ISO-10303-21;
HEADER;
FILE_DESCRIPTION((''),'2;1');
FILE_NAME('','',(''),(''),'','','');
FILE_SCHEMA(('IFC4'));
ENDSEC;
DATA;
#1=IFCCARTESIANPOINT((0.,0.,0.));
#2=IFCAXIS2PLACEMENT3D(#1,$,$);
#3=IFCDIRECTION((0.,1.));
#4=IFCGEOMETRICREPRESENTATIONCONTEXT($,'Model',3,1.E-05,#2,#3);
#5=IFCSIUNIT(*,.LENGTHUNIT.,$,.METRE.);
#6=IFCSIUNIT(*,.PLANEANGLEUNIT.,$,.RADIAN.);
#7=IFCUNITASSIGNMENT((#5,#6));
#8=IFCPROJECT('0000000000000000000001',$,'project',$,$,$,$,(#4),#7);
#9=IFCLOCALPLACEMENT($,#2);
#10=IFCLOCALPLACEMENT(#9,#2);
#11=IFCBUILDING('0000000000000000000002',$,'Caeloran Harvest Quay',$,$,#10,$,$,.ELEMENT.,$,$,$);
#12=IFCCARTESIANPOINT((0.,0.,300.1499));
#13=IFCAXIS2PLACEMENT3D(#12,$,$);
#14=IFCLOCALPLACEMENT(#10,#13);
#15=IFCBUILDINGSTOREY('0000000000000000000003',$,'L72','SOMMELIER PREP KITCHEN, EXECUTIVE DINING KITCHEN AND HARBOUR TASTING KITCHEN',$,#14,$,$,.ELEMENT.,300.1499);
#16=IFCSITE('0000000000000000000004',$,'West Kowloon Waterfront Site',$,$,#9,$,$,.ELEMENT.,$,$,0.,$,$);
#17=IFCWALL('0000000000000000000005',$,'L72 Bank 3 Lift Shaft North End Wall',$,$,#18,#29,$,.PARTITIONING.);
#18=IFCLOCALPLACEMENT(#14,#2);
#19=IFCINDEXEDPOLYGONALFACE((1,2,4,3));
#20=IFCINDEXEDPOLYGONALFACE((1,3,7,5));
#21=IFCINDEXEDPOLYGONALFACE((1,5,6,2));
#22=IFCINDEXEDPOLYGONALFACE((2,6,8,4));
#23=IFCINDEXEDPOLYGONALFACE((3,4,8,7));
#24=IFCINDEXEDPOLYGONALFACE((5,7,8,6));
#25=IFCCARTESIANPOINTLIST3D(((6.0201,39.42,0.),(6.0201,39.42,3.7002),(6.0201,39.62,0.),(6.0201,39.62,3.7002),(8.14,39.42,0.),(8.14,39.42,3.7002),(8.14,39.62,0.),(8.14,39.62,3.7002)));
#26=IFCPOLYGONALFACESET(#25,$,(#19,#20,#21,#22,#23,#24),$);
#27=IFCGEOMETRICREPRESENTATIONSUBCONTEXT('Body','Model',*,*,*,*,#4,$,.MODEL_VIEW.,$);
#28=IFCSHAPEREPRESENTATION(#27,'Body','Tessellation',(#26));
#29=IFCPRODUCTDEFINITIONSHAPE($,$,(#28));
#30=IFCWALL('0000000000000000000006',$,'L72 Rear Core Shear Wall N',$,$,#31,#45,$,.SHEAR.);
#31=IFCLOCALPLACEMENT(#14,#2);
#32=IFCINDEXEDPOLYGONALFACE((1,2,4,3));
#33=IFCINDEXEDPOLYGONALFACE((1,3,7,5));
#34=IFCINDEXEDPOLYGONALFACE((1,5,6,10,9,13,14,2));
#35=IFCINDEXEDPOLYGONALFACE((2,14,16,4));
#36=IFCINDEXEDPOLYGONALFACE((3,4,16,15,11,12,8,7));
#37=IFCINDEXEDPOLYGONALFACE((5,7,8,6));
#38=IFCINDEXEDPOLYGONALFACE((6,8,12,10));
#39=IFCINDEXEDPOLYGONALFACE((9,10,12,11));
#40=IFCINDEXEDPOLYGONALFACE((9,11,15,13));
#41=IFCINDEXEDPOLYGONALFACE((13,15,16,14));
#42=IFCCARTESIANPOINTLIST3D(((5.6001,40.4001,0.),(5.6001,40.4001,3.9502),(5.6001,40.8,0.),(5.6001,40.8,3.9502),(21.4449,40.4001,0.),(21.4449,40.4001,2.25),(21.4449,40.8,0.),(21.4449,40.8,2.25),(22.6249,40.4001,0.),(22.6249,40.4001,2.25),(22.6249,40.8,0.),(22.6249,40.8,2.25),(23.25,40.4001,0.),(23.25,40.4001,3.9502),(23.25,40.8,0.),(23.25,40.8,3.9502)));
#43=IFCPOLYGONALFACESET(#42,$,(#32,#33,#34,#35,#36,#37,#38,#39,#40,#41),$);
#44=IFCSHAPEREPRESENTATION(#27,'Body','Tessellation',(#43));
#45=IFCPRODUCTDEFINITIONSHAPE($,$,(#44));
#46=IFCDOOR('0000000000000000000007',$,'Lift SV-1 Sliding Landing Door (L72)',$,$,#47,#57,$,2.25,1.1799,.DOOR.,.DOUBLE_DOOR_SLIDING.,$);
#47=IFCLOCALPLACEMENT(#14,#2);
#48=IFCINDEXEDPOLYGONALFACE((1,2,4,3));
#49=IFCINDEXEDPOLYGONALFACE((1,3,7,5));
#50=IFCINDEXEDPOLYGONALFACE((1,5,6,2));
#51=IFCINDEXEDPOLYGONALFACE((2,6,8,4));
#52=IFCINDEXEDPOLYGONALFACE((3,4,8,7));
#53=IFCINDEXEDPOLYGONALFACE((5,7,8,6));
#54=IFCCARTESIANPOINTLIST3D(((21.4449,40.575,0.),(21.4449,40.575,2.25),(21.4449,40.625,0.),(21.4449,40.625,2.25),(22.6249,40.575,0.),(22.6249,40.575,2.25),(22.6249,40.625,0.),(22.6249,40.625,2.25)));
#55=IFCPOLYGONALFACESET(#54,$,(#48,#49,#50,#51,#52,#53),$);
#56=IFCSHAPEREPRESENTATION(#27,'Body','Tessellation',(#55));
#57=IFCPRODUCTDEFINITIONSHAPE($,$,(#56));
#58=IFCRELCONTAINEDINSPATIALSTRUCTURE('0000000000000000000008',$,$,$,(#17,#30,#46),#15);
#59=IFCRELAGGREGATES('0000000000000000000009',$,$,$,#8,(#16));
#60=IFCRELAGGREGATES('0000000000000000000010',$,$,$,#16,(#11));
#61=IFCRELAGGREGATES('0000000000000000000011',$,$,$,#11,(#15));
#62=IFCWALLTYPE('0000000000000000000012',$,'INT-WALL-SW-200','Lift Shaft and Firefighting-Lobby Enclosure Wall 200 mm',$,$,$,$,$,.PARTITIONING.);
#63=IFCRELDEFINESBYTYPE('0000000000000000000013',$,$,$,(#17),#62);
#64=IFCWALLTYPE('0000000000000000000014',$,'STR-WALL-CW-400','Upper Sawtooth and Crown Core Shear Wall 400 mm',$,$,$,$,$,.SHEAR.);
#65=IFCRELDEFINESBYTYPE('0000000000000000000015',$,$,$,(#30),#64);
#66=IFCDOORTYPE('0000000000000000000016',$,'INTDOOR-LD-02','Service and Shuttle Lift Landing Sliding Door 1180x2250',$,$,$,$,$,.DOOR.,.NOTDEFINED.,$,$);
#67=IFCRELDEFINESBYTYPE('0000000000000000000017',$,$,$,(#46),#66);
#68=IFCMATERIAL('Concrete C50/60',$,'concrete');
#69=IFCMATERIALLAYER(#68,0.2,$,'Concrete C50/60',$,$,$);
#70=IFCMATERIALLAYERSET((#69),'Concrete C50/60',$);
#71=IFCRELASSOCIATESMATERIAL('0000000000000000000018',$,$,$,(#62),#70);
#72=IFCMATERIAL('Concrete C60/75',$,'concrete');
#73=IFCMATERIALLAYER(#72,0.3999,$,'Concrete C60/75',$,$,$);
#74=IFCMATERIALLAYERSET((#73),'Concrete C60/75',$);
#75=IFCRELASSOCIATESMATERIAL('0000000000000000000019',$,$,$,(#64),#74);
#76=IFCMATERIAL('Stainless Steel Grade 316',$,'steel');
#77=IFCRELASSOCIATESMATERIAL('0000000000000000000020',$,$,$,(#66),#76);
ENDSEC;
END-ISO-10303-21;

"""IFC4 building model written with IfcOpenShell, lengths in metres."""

from ifc_helpers import new_model, si_unit, direction, frame, frame_2d, origin, place, context, subcontext, project, spatial, rectangle, extrude, material, layer, layer_set, type_object, element, fill, save


model = new_model("IFC4")

# Units and contexts
model_context = context("Model", 3, precision=1e-05, world=origin(), true_north=direction((0.0, 1.0)))
body_context = subcontext(model_context, "Body", "Model", "MODEL_VIEW")
ifc_project = project(units=[si_unit("LENGTHUNIT", "METRE"), si_unit("PLANEANGLEUNIT", "RADIAN")], contexts=[model_context])

# Site, building, storey
site_placement = place(None, origin())
site = spatial("IfcSite", under=ifc_project, at=site_placement, Name="West Kowloon Waterfront Site", CompositionType="ELEMENT", RefElevation=0.0)
building_placement = place(site_placement, origin())
building = spatial("IfcBuilding", under=site, at=building_placement, Name="Caeloran Harvest Quay", CompositionType="ELEMENT")
storey_placement = place(building_placement, frame((0.0, 0.0, 300.1499)))
storey = spatial("IfcBuildingStorey", under=building, at=storey_placement, Name="L72", Description="SOMMELIER PREP KITCHEN, EXECUTIVE DINING KITCHEN AND HARBOUR TASTING KITCHEN", CompositionType="ELEMENT", Elevation=300.1499)

# Wall
ifc_material_1 = material(Name="Concrete C50/60", Category="concrete")
ifc_layer_1 = layer(ifc_material_1, 0.2, Name="Concrete C50/60")
ifc_layer_set_1 = layer_set([ifc_layer_1], Name="Concrete C50/60")
wall_type_1 = type_object("IfcWallType", Name="INT-WALL-SW-200", Description="Lift Shaft and Firefighting-Lobby Enclosure Wall 200 mm", PredefinedType="PARTITIONING", material=ifc_layer_set_1)
wall_1_placement = place(storey_placement, frame((6.02, 39.52, 0.0), z_axis=(0.0, 0.0, 1.0), x_axis=(1.0, 0.0, 0.0)))
element("IfcWall", 1, at=wall_1_placement, inside=storey, type_object=wall_type_1, Name="L72 Bank 3 Lift Shaft North End Wall", PredefinedType="PARTITIONING", context=body_context, shape_type="SweptSolid", body=[
    extrude(rectangle(XDim=2.1199, YDim=0.2, at=frame_2d((1.0601, 0.0))), origin(), (0.0, 0.0, 1.0), 3.7002),
])

# Wall, opening, door
ifc_material_2 = material(Name="Concrete C60/75", Category="concrete")
ifc_layer_2 = layer(ifc_material_2, 0.3999, Name="Concrete C60/75")
ifc_layer_set_2 = layer_set([ifc_layer_2], Name="Concrete C60/75")
wall_type_2 = type_object("IfcWallType", Name="STR-WALL-CW-400", Description="Upper Sawtooth and Crown Core Shear Wall 400 mm", PredefinedType="SHEAR", material=ifc_layer_set_2)
wall_2_placement = place(storey_placement, frame((5.6001, 40.6001, 0.0), z_axis=(0.0, 0.0, 1.0), x_axis=(1.0, 0.0, 0.0)))
wall_2 = element("IfcWall", 2, at=wall_2_placement, inside=storey, type_object=wall_type_2, Name="L72 Rear Core Shear Wall N", PredefinedType="SHEAR", context=body_context, shape_type="SweptSolid", body=[
    extrude(rectangle(XDim=17.6499, YDim=0.3999, at=frame_2d((8.825, 0.0))), origin(), (0.0, 0.0, 1.0), 3.9502),
])
opening_placement = place(wall_2_placement, frame((15.845, 0.0, 0.0)))
opening = element("IfcOpeningElement", 3, at=opening_placement, cuts=wall_2, PredefinedType="OPENING", context=body_context, shape_type="SweptSolid", body=[
    extrude(rectangle(XDim=1.1799, YDim=2.25, at=frame_2d((0.5898, 1.125))), frame((0.0, 0.21, 0.0), z_axis=(0.0, -1.0, 0.0), x_axis=(1.0, 0.0, 0.0)), (0.0, 0.0, 1.0), 0.4199),
])
ifc_material_3 = material(Name="Stainless Steel Grade 316", Category="steel")
door_type = type_object("IfcDoorType", Name="INTDOOR-LD-02", Description="Service and Shuttle Lift Landing Sliding Door 1180x2250", OperationType="NOTDEFINED", PredefinedType="DOOR", material=ifc_material_3)
door_placement = place(opening_placement, origin())
door = element("IfcDoor", 4, at=door_placement, inside=storey, type_object=door_type, Name="Lift SV-1 Sliding Landing Door (L72)", OperationType="DOUBLE_DOOR_SLIDING", OverallHeight=2.25, OverallWidth=1.1799, PredefinedType="DOOR", context=body_context, shape_type="SweptSolid", body=[
    extrude(rectangle(XDim=1.1799, YDim=2.25, at=frame_2d((0.5898, 1.125))), frame((0.0, 0.0249, 0.0), z_axis=(0.0, -1.0, 0.0), x_axis=(1.0, 0.0, 0.0)), (0.0, 0.0, 1.0), 0.05),
])
fill(opening, door)

save(model, "model.ifc")
